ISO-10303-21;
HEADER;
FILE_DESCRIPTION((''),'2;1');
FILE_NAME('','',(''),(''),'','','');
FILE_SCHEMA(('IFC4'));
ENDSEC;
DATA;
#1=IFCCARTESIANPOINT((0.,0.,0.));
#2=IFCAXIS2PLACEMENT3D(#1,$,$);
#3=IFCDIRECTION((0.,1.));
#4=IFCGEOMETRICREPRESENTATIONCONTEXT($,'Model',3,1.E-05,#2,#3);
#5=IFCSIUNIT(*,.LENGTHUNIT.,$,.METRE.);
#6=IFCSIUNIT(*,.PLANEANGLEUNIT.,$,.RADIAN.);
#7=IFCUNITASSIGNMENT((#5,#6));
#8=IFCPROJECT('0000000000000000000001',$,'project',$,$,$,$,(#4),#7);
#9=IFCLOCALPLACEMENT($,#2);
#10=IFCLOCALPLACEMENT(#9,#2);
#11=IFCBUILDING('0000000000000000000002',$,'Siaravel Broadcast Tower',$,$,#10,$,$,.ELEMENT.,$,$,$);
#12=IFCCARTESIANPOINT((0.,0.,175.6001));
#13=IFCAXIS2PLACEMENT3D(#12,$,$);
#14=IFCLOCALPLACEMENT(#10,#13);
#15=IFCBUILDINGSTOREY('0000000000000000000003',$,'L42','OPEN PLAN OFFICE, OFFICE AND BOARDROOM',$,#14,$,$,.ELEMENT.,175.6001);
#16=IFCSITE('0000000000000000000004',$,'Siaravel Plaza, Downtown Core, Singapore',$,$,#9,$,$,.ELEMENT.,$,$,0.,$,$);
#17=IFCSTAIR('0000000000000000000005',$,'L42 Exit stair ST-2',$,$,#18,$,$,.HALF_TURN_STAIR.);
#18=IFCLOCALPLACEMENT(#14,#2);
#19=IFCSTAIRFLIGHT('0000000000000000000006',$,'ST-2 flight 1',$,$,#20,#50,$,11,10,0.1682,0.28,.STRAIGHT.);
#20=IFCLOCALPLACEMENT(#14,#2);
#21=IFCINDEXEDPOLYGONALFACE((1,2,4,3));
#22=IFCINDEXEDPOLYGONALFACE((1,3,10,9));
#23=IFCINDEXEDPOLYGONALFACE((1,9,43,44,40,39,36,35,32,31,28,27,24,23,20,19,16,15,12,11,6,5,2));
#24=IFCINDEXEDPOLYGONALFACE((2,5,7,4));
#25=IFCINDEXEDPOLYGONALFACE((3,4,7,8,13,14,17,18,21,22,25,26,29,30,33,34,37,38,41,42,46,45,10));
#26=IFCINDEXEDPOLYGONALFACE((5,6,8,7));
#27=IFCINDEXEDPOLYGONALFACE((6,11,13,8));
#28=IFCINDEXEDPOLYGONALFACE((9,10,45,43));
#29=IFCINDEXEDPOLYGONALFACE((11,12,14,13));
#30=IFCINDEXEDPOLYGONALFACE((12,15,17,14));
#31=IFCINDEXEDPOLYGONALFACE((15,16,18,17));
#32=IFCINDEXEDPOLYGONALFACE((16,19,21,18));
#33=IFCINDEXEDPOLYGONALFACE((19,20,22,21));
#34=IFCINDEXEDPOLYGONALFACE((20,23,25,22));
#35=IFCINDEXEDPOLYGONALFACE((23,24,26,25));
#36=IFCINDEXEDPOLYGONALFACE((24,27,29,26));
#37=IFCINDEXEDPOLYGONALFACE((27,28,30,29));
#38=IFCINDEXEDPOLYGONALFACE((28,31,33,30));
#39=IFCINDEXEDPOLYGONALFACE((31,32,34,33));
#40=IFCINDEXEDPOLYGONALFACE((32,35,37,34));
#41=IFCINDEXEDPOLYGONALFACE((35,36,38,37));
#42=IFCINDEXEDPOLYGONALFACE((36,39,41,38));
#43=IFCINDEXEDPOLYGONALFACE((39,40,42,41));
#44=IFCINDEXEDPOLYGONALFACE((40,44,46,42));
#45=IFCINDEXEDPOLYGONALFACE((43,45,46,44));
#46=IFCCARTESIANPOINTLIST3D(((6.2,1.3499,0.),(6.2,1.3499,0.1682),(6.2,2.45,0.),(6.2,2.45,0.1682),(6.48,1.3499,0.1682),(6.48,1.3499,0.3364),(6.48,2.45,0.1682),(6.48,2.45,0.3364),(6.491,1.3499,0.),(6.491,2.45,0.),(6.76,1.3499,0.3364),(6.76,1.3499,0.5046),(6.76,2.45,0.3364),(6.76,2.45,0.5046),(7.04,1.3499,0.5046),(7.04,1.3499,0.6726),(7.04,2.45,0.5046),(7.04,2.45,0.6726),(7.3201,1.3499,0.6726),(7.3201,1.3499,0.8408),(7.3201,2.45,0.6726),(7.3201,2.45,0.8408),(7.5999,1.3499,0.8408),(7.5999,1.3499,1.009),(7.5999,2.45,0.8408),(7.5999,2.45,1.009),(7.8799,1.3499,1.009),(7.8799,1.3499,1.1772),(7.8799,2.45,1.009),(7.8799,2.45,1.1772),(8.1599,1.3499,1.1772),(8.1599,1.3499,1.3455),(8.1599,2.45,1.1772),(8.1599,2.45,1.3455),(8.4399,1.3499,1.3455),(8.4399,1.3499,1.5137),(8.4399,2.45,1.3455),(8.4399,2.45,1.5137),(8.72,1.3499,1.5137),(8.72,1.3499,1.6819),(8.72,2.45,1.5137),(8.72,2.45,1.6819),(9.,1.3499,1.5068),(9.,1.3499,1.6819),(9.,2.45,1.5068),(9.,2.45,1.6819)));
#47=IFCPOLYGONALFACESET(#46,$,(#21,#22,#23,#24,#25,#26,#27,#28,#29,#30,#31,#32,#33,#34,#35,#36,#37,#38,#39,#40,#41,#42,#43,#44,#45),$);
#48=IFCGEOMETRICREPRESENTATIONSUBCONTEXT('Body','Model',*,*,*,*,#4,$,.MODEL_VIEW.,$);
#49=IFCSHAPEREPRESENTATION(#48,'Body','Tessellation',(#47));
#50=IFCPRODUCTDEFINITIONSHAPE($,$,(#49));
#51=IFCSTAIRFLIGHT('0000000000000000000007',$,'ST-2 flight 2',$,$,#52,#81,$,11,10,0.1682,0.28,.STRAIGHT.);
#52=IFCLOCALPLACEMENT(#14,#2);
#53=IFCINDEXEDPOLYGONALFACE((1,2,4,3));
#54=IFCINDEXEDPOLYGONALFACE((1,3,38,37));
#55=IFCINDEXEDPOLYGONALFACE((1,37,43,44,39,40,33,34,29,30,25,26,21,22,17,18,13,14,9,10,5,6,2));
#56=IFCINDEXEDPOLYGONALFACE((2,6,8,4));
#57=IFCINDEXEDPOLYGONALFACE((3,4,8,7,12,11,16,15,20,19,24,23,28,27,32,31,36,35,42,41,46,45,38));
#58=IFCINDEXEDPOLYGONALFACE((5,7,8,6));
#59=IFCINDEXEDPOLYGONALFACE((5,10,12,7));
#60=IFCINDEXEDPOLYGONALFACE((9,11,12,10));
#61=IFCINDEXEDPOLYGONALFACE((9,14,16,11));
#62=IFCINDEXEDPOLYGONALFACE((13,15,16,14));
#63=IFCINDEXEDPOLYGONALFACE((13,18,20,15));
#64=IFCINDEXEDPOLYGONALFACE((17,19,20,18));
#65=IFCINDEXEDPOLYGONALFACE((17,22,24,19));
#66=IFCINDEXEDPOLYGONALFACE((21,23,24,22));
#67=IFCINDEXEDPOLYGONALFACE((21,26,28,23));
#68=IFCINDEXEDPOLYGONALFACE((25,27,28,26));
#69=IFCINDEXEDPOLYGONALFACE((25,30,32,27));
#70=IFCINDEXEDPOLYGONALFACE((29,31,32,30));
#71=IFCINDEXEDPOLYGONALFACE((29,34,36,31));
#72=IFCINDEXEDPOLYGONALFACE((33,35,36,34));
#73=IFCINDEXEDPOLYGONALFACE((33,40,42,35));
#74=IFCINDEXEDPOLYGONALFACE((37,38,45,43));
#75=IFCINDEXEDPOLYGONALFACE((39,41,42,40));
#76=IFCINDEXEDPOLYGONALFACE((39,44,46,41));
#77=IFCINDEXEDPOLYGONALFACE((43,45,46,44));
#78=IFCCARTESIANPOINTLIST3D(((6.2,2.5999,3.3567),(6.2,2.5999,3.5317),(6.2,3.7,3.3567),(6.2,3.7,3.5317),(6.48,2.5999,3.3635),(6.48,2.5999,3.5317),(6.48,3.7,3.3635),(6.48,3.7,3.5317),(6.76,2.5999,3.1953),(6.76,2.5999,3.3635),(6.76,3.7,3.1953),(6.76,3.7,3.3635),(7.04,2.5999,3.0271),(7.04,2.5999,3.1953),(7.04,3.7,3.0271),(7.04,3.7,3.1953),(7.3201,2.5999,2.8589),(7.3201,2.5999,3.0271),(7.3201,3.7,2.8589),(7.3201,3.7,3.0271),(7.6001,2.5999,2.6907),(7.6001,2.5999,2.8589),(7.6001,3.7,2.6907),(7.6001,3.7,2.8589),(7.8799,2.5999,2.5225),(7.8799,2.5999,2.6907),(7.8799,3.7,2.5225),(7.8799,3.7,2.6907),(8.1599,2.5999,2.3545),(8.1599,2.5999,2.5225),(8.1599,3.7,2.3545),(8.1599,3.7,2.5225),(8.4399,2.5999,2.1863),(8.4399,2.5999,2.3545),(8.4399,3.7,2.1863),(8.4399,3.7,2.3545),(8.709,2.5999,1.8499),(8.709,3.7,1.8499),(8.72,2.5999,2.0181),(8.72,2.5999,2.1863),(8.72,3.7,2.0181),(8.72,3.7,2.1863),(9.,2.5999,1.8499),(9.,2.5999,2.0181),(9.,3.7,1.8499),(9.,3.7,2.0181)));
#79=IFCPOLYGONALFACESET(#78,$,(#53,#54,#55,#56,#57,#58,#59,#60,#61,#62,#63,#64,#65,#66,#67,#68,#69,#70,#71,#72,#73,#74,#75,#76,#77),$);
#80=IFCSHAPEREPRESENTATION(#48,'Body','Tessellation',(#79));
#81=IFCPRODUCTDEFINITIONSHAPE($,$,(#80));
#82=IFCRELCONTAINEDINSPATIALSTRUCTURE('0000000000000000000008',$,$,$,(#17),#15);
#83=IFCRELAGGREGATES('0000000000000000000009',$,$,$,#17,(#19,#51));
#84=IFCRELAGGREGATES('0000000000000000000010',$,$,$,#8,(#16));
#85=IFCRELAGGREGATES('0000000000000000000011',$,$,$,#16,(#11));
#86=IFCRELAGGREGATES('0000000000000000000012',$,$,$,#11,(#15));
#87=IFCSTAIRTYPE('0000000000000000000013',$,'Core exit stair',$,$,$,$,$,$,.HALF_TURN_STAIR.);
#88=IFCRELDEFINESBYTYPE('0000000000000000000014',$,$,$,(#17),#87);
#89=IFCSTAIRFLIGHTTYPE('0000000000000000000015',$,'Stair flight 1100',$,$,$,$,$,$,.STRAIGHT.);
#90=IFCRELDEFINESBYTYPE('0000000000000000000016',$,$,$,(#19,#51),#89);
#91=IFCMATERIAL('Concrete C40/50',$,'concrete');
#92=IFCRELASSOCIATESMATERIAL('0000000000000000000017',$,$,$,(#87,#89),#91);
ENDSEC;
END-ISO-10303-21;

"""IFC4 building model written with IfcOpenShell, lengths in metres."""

from ifc_helpers import new_model, si_unit, direction, frame, origin, place, context, subcontext, project, spatial, polyline, outline, extrude, material, type_object, element, aggregate, save


model = new_model("IFC4")

# Units and contexts
model_context = context("Model", 3, precision=1e-05, world=origin(), true_north=direction((0.0, 1.0)))
body_context = subcontext(model_context, "Body", "Model", "MODEL_VIEW")
ifc_project = project(units=[si_unit("LENGTHUNIT", "METRE"), si_unit("PLANEANGLEUNIT", "RADIAN")], contexts=[model_context])

# Site, building, storey
site_placement = place(None, origin())
site = spatial("IfcSite", under=ifc_project, at=site_placement, Name="Siaravel Plaza, Downtown Core, Singapore", CompositionType="ELEMENT", RefElevation=0.0)
building_placement = place(site_placement, origin())
building = spatial("IfcBuilding", under=site, at=building_placement, Name="Siaravel Broadcast Tower", CompositionType="ELEMENT")
storey_placement = place(building_placement, frame((0.0, 0.0, 175.6001)))
storey = spatial("IfcBuildingStorey", under=building, at=storey_placement, Name="L42", Description="OPEN PLAN OFFICE, OFFICE AND BOARDROOM", CompositionType="ELEMENT", Elevation=175.6001)

# Stair, stair flights
ifc_material_1 = material(Name="Concrete C40/50", Category="concrete")
stair_type = type_object("IfcStairType", Name="Core exit stair", PredefinedType="HALF_TURN_STAIR", material=ifc_material_1)
stair_placement = place(storey_placement, origin())
stair = element("IfcStair", 1, at=stair_placement, inside=storey, type_object=stair_type, Name="L42 Exit stair ST-2", PredefinedType="HALF_TURN_STAIR")
stair_flight_type = type_object("IfcStairFlightType", Name="Stair flight 1100", PredefinedType="STRAIGHT", material=ifc_material_1)
stair_flight_1_placement = place(storey_placement, frame((6.2, 1.8999, 0.0), z_axis=(0.0, 0.0, 1.0), x_axis=(1.0, 0.0, 0.0)))
stair_flight_1 = element("IfcStairFlight", 2, at=stair_flight_1_placement, type_object=stair_flight_type, Name="ST-2 flight 1", NumberOfRisers=11, NumberOfTreads=10, PredefinedType="STRAIGHT", RiserHeight=0.1682, TreadLength=0.28, context=body_context, shape_type="SweptSolid", body=[
    extrude(outline(polyline([(0.0, 0.0), (0.0, 0.1682), (0.28, 0.1682), (0.28, 0.3364), (0.5601, 0.3364), (0.5601, 0.5046), (0.8401, 0.5046), (0.8401, 0.6726), (1.1201, 0.6726), (1.1201, 0.8408), (1.3999, 0.8408), (1.3999, 1.009), (1.6799, 1.009), (1.6799, 1.1772), (1.96, 1.1772), (1.96, 1.3455), (2.24, 1.3455), (2.24, 1.5137), (2.52, 1.5137), (2.52, 1.6819), (2.8, 1.6819), (2.8, 1.8501), (2.8, 1.5068), (0.291, 0.0), (0.0, 0.0)])), frame((0.0, 0.55, 0.0), z_axis=(0.0, -1.0, 0.0), x_axis=(1.0, 0.0, 0.0)), (0.0, 0.0, 1.0), 1.1001),
])
stair_flight_2_placement = place(storey_placement, frame((9.0, 3.1499, 1.8499), z_axis=(0.0, 0.0, 1.0), x_axis=(-1.0, 0.0, 0.0)))
stair_flight_2 = element("IfcStairFlight", 3, at=stair_flight_2_placement, type_object=stair_flight_type, Name="ST-2 flight 2", NumberOfRisers=11, NumberOfTreads=10, PredefinedType="STRAIGHT", RiserHeight=0.1682, TreadLength=0.28, context=body_context, shape_type="SweptSolid", body=[
    extrude(outline(polyline([(0.0, 0.0), (0.0, 0.1682), (0.28, 0.1682), (0.28, 0.3364), (0.5601, 0.3364), (0.5601, 0.5046), (0.8401, 0.5046), (0.8401, 0.6726), (1.1201, 0.6726), (1.1201, 0.8408), (1.3999, 0.8408), (1.3999, 1.009), (1.6799, 1.009), (1.6799, 1.1772), (1.96, 1.1772), (1.96, 1.3455), (2.24, 1.3455), (2.24, 1.5137), (2.52, 1.5137), (2.52, 1.6819), (2.8, 1.6819), (2.8, 1.8501), (2.8, 1.5068), (0.291, 0.0), (0.0, 0.0)])), frame((0.0, 0.55, 0.0), z_axis=(0.0, -1.0, 0.0), x_axis=(1.0, 0.0, 0.0)), (0.0, 0.0, 1.0), 1.1001),
])
aggregate(stair, [stair_flight_1, stair_flight_2])

save(model, "model.ifc")
